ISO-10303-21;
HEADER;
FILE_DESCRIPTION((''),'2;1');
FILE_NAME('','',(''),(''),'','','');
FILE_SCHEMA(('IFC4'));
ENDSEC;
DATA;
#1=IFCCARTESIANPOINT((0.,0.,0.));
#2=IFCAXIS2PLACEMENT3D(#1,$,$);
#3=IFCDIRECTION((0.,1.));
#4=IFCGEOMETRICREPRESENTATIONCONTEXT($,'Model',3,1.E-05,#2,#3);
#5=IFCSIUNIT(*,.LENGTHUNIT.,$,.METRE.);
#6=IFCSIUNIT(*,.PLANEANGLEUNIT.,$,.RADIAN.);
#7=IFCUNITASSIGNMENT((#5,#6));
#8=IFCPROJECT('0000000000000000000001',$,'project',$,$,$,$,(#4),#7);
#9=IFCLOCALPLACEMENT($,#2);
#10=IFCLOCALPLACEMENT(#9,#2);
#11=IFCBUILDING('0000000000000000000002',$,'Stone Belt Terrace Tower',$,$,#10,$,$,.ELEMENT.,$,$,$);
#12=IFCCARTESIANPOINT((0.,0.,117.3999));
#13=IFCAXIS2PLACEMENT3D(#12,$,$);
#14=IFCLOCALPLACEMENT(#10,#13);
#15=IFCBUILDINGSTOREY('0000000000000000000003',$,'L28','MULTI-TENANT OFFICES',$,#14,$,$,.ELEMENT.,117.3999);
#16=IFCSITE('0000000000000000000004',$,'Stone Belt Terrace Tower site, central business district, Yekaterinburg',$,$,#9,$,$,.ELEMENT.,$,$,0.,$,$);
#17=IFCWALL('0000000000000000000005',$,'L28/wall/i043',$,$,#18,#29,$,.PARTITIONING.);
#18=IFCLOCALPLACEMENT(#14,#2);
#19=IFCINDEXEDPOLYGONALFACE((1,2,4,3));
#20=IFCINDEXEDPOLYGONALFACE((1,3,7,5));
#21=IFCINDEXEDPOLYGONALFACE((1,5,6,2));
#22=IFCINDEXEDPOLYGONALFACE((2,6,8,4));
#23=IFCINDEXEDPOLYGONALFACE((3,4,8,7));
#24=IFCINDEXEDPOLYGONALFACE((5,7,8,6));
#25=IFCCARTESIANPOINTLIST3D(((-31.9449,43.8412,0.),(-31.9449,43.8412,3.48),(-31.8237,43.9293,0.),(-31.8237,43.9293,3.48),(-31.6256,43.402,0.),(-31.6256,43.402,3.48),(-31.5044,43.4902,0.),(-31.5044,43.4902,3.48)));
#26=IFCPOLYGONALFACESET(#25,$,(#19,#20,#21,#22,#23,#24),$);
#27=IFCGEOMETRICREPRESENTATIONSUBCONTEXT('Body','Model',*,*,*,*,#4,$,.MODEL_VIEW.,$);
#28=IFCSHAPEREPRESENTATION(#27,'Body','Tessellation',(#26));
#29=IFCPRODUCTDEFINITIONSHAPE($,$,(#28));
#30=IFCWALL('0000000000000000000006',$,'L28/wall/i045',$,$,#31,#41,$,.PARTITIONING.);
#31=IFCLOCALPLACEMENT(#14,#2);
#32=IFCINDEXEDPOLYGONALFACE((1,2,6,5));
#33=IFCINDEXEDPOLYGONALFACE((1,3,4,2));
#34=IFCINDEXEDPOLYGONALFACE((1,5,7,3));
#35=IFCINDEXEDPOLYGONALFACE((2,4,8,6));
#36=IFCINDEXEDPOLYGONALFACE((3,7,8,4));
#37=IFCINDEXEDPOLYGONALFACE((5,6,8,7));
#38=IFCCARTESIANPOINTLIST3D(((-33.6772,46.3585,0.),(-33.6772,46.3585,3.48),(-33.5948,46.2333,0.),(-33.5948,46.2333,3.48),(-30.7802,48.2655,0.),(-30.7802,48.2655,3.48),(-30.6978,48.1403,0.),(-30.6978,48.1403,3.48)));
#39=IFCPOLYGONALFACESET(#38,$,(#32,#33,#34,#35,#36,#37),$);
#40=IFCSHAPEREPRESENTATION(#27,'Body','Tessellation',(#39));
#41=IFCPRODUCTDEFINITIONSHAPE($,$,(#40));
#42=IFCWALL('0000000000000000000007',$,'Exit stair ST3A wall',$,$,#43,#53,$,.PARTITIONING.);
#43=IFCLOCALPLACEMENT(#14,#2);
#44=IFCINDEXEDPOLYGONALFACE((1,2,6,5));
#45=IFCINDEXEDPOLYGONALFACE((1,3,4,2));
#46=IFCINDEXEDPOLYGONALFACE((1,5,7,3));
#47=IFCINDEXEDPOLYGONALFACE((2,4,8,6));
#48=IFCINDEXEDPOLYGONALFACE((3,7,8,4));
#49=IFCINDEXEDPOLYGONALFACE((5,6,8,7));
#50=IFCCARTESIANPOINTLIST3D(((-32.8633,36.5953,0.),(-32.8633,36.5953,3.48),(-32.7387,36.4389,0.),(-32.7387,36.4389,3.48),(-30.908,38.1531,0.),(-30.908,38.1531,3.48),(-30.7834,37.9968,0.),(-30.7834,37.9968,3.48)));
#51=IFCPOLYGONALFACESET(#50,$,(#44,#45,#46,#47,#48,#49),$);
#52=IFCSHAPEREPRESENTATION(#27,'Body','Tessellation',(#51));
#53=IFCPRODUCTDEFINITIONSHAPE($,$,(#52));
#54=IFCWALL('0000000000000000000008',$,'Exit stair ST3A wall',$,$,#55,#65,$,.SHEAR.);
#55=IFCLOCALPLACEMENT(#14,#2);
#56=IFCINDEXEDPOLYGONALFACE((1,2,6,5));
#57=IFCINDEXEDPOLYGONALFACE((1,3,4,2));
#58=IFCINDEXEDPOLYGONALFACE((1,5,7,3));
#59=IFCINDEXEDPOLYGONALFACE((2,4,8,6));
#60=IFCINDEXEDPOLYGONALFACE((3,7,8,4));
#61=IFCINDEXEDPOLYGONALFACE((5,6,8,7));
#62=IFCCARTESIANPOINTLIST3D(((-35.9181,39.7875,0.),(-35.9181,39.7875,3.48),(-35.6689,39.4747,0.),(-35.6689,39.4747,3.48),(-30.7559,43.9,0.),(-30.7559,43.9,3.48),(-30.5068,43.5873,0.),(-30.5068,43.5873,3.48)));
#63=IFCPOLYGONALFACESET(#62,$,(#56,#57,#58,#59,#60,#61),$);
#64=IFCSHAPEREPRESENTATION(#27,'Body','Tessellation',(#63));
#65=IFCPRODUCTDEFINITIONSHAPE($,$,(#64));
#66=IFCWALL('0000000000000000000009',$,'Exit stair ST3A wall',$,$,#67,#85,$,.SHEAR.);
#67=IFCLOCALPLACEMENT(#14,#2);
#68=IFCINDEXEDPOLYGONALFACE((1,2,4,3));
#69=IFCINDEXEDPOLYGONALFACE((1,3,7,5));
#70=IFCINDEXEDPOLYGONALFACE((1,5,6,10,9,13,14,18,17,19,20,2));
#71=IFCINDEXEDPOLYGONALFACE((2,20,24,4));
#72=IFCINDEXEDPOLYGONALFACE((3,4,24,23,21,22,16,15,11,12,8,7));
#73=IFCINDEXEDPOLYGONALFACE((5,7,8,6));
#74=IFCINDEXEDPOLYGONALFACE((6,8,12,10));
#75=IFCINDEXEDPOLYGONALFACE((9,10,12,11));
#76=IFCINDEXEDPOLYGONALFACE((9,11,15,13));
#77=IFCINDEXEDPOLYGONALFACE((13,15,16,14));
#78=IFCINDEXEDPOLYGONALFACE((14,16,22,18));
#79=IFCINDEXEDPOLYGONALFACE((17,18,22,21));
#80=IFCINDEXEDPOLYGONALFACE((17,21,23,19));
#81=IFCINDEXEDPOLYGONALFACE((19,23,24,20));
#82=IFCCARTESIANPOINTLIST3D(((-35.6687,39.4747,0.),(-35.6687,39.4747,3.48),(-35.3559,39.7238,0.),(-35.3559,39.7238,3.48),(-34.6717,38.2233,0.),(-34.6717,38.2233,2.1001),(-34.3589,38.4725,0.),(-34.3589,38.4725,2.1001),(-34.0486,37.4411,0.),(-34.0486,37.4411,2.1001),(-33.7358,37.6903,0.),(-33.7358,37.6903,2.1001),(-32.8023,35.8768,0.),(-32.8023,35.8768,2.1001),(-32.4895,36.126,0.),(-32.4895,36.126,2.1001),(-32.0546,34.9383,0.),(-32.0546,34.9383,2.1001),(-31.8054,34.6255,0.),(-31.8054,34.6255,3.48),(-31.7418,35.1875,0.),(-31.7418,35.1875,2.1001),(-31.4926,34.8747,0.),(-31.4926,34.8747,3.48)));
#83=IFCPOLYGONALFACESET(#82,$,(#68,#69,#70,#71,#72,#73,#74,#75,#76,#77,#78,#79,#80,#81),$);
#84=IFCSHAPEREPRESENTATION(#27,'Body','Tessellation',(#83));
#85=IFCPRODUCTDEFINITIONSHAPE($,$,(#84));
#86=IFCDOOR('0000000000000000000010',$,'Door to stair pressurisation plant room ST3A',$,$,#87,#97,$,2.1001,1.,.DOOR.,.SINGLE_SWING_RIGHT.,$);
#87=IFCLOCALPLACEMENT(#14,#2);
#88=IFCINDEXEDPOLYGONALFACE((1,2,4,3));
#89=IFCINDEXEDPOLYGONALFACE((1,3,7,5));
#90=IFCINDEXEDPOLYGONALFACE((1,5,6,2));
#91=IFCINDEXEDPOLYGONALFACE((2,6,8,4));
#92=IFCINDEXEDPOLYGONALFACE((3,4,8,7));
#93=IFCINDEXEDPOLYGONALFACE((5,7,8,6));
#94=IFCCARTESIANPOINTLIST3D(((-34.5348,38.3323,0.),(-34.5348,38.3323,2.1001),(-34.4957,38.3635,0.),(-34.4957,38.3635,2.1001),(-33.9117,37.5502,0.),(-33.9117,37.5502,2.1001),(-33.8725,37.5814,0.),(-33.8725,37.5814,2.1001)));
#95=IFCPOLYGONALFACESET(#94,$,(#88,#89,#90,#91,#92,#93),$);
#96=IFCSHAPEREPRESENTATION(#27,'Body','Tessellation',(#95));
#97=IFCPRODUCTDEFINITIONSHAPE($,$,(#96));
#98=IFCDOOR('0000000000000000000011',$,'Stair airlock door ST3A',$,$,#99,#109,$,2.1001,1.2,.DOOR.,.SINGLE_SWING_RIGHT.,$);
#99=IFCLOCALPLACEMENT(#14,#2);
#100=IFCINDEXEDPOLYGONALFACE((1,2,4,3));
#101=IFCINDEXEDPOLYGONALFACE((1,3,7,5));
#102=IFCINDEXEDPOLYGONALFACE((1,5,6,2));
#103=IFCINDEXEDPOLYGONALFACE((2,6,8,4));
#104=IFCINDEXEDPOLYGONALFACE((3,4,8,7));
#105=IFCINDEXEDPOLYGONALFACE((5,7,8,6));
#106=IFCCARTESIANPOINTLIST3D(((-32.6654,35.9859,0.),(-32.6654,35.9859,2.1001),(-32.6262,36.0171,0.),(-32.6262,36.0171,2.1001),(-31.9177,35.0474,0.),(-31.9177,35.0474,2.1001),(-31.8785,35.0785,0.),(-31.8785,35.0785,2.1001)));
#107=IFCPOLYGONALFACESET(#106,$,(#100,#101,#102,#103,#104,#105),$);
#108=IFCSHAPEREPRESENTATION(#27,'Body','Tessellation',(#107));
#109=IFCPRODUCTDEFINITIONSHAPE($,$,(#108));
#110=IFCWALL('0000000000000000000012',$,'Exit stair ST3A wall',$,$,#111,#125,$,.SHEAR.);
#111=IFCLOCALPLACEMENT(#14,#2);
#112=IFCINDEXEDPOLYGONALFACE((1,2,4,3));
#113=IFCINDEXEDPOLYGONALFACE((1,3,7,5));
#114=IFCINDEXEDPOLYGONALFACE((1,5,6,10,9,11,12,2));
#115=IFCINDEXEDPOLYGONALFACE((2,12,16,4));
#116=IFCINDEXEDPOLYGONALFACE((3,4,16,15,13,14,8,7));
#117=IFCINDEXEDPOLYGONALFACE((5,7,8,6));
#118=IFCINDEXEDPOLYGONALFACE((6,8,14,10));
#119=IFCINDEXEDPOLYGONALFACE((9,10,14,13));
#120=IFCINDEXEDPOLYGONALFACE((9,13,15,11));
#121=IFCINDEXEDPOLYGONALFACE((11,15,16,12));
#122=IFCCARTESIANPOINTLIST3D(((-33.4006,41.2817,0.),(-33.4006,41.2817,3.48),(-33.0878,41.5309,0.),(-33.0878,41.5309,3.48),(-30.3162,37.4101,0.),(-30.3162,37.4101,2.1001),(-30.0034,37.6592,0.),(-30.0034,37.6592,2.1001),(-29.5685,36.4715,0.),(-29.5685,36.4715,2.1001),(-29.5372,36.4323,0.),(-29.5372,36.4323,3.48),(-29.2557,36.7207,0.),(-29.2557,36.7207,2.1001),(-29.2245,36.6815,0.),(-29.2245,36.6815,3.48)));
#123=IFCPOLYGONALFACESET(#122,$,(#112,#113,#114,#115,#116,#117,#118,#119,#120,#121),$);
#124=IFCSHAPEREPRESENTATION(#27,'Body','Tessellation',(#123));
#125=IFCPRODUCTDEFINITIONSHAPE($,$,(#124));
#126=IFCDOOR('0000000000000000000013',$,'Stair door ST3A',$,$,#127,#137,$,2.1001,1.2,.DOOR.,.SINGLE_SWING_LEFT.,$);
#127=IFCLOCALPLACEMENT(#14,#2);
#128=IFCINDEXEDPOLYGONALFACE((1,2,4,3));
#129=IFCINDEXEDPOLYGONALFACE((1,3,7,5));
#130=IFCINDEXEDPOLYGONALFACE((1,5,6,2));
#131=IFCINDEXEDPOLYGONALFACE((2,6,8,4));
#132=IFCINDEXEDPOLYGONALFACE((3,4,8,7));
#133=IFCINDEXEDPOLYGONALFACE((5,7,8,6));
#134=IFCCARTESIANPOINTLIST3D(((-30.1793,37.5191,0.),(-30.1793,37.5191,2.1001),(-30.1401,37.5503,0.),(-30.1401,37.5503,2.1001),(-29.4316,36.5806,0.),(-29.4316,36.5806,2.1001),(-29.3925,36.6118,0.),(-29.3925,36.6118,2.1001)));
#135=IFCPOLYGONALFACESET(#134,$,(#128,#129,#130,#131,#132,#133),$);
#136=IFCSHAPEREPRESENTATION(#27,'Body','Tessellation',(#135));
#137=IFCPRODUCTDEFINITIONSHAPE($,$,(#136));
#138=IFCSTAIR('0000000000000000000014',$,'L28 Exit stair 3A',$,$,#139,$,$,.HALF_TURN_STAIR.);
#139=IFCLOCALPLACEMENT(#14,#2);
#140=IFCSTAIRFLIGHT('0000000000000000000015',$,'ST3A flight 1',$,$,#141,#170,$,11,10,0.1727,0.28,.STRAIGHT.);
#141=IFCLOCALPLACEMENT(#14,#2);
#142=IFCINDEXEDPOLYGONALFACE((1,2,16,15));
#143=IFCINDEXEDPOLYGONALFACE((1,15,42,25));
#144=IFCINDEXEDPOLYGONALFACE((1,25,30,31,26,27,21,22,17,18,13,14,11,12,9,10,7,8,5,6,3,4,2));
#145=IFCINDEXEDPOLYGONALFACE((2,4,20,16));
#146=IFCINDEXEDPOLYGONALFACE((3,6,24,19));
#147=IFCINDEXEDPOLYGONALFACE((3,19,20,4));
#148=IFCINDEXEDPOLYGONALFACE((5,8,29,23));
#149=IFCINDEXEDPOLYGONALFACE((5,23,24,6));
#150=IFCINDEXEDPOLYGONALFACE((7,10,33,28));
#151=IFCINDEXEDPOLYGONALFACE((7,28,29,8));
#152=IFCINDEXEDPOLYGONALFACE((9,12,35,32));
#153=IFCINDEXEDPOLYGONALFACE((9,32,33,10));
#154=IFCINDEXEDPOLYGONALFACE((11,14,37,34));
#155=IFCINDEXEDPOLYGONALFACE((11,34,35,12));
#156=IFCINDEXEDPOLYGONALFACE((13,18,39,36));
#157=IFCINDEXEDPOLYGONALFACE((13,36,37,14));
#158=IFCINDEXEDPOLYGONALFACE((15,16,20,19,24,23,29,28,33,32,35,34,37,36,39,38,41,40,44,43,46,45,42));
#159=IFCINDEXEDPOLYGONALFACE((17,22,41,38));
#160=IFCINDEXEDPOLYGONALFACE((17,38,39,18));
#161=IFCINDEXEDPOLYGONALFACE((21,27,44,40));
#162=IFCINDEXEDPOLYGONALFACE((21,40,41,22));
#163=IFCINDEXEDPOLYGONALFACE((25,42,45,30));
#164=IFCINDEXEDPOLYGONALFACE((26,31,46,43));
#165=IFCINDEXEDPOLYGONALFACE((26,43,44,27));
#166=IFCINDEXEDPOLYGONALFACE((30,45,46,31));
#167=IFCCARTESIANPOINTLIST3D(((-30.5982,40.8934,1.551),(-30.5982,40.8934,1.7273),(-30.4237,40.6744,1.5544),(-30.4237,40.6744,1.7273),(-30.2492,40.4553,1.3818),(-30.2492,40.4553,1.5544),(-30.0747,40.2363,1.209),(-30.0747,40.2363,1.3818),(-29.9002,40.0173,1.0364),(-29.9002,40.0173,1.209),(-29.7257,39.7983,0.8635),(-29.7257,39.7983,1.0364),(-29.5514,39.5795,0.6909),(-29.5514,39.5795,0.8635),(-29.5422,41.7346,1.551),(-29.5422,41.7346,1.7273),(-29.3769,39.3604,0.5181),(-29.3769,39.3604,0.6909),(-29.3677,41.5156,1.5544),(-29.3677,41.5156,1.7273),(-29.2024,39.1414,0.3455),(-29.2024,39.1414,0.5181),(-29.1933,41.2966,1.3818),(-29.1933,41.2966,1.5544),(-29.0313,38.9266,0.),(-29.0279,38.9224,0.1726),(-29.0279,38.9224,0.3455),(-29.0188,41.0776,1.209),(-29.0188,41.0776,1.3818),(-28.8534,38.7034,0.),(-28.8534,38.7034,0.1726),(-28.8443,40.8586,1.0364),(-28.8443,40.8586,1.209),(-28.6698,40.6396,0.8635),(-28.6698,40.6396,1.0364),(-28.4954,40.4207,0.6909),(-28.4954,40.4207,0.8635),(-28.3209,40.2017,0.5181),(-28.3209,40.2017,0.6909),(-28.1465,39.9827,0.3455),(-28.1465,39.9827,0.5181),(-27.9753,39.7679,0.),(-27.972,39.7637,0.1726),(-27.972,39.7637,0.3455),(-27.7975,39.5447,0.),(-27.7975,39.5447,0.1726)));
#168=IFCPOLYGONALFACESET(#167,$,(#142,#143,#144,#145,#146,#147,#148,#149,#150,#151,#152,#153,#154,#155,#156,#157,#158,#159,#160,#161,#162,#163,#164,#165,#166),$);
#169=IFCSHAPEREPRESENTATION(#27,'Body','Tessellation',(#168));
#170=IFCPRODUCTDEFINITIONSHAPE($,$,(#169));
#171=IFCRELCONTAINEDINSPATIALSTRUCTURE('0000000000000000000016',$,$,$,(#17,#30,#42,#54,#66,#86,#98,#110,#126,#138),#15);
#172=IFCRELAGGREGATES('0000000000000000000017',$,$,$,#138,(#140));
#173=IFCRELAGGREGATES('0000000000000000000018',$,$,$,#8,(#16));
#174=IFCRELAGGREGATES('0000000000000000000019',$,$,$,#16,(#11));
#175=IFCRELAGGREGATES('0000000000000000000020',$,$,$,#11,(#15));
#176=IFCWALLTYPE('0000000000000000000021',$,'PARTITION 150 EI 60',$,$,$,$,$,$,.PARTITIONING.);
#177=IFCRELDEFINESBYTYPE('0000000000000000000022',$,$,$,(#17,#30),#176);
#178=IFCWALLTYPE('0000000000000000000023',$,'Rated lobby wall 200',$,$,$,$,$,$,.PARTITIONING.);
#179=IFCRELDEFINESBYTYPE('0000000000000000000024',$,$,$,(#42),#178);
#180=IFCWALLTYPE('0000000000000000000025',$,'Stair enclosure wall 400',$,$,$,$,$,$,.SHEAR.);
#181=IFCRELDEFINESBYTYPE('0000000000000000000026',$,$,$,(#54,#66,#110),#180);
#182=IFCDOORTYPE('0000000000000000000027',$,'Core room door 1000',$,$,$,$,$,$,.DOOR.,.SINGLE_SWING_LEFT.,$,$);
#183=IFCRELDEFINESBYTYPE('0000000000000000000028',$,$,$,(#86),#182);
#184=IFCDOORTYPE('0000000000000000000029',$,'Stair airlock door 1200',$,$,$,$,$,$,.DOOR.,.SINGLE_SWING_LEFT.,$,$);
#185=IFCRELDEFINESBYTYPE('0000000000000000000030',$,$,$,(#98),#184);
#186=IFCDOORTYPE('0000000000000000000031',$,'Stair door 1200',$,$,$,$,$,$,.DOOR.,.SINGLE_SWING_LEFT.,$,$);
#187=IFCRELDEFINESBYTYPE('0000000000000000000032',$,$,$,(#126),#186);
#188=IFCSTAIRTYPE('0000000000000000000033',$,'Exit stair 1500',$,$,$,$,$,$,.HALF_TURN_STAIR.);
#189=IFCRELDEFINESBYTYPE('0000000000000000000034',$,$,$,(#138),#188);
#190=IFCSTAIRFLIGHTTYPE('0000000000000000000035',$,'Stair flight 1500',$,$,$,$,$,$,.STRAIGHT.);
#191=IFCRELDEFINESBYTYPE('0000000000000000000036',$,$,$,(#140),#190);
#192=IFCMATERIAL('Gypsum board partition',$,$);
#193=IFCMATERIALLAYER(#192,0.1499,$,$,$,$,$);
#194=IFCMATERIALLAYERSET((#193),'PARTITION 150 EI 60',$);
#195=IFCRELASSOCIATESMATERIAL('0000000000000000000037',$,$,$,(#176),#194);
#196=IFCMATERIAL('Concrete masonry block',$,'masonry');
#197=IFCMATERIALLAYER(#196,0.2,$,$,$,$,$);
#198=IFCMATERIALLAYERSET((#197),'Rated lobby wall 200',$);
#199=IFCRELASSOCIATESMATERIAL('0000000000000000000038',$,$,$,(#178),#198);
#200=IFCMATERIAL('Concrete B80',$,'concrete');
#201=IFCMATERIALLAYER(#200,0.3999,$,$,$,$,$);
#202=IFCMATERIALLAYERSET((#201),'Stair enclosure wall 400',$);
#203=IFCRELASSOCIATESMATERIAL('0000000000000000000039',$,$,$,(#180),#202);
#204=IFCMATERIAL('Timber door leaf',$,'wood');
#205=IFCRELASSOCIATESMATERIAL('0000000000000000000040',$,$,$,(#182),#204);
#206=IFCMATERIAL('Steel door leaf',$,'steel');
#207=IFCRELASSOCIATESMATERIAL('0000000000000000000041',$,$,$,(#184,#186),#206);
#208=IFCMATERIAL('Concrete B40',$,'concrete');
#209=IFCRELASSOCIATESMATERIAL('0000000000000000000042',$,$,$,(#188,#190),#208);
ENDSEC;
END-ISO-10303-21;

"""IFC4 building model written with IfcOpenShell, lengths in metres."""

from ifc_helpers import new_model, si_unit, direction, frame, frame_2d, origin, place, context, subcontext, project, spatial, polyline, rectangle, outline, extrude, material, layer, layer_set, type_object, element, fill, aggregate, save


model = new_model("IFC4")

# Units and contexts
model_context = context("Model", 3, precision=1e-05, world=origin(), true_north=direction((0.0, 1.0)))
body_context = subcontext(model_context, "Body", "Model", "MODEL_VIEW")
ifc_project = project(units=[si_unit("LENGTHUNIT", "METRE"), si_unit("PLANEANGLEUNIT", "RADIAN")], contexts=[model_context])

# Site, building, storey
site_placement = place(None, origin())
site = spatial("IfcSite", under=ifc_project, at=site_placement, Name="Stone Belt Terrace Tower site, central business district, Yekaterinburg", CompositionType="ELEMENT", RefElevation=0.0)
building_placement = place(site_placement, origin())
building = spatial("IfcBuilding", under=site, at=building_placement, Name="Stone Belt Terrace Tower", CompositionType="ELEMENT")
storey_placement = place(building_placement, frame((0.0, 0.0, 117.3999)))
storey = spatial("IfcBuildingStorey", under=building, at=storey_placement, Name="L28", Description="MULTI-TENANT OFFICES", CompositionType="ELEMENT", Elevation=117.3999)

# Shared definitions
ifc_material_1 = material(Name="Concrete B80", Category="concrete")

# Shared definitions
ifc_material_2 = material(Name="Gypsum board partition")
ifc_layer_1 = layer(ifc_material_2, 0.1499)
ifc_layer_set_1 = layer_set([ifc_layer_1], Name="PARTITION 150 EI 60")
wall_type_1 = type_object("IfcWallType", Name="PARTITION 150 EI 60", PredefinedType="PARTITIONING", material=ifc_layer_set_1)
ifc_material_3 = material(Name="Timber door leaf", Category="wood")

# Walls
wall_1_placement = place(storey_placement, frame((-31.8843, 43.8853, 0.0), z_axis=(0.0, 0.0, 1.0), x_axis=(0.588065, -0.808814, 0.0)))
element("IfcWall", 1, at=wall_1_placement, inside=storey, type_object=wall_type_1, Name="L28/wall/i043", PredefinedType="PARTITIONING", context=body_context, shape_type="SweptSolid", body=[
    extrude(rectangle(XDim=0.543, YDim=0.1499, at=frame_2d((0.2715, 0.0))), origin(), (0.0, 0.0, 1.0), 3.48),
])
wall_2_placement = place(storey_placement, frame((-33.636, 46.2959, 0.0), z_axis=(0.0, 0.0, 1.0), x_axis=(0.835274, 0.549834, 0.0)))
element("IfcWall", 2, at=wall_2_placement, inside=storey, type_object=wall_type_1, Name="L28/wall/i045", PredefinedType="PARTITIONING", context=body_context, shape_type="SweptSolid", body=[
    extrude(rectangle(XDim=3.4683, YDim=0.1499, at=frame_2d((1.7341, 0.0))), origin(), (0.0, 0.0, 1.0), 3.48),
])
ifc_material_4 = material(Name="Concrete masonry block", Category="masonry")
ifc_layer_2 = layer(ifc_material_4, 0.2)
ifc_layer_set_2 = layer_set([ifc_layer_2], Name="Rated lobby wall 200")
wall_type_2 = type_object("IfcWallType", Name="Rated lobby wall 200", PredefinedType="PARTITIONING", material=ifc_layer_set_2)
wall_3_placement = place(storey_placement, frame((-30.8457, 38.075, 0.0), z_axis=(0.0, 0.0, 1.0), x_axis=(-0.782115, -0.623134, 0.0)))
element("IfcWall", 3, at=wall_3_placement, inside=storey, type_object=wall_type_2, Name="Exit stair ST3A wall", PredefinedType="PARTITIONING", context=body_context, shape_type="SweptSolid", body=[
    extrude(rectangle(XDim=2.5, YDim=0.2, at=frame_2d((1.25, 0.0))), origin(), (0.0, 0.0, 1.0), 3.48),
])
ifc_layer_3 = layer(ifc_material_1, 0.3999)
ifc_layer_set_3 = layer_set([ifc_layer_3], Name="Stair enclosure wall 400")
wall_type_3 = type_object("IfcWallType", Name="Stair enclosure wall 400", PredefinedType="SHEAR", material=ifc_layer_set_3)
wall_4_placement = place(storey_placement, frame((-30.6313, 43.7437, 0.0), z_axis=(0.0, 0.0, 1.0), x_axis=(-0.782134, -0.62311, 0.0)))
element("IfcWall", 4, at=wall_4_placement, inside=storey, type_object=wall_type_3, Name="Exit stair ST3A wall", PredefinedType="SHEAR", context=body_context, shape_type="SweptSolid", body=[
    extrude(rectangle(XDim=6.6001, YDim=0.3999, at=frame_2d((3.3, 0.0))), origin(), (0.0, 0.0, 1.0), 3.48),
])

# Wall, openings, doors
wall_5_placement = place(storey_placement, frame((-31.6489, 34.75, 0.0), z_axis=(0.0, 0.0, 1.0), x_axis=(-0.623119, 0.782127, 0.0)))
wall_5 = element("IfcWall", 5, at=wall_5_placement, inside=storey, type_object=wall_type_3, Name="Exit stair ST3A wall", PredefinedType="SHEAR", context=body_context, shape_type="SweptSolid", body=[
    extrude(rectangle(XDim=6.2, YDim=0.3999, at=frame_2d((3.1001, 0.0))), origin(), (0.0, 0.0, 1.0), 3.48),
])
opening_1_placement = place(wall_5_placement, frame((0.3999, 0.0, 0.0)))
opening_1 = element("IfcOpeningElement", 6, at=opening_1_placement, cuts=wall_5, PredefinedType="OPENING", context=body_context, shape_type="SweptSolid", body=[
    extrude(rectangle(XDim=1.2, YDim=2.1001, at=frame_2d((0.6001, 1.05))), frame((0.0, 0.21, 0.0), z_axis=(0.0, -1.0, 0.0), x_axis=(1.0, 0.0, 0.0)), (0.0, 0.0, 1.0), 0.4199),
])
opening_2_placement = place(wall_5_placement, frame((3.6001, 0.0, 0.0)))
opening_2 = element("IfcOpeningElement", 7, at=opening_2_placement, cuts=wall_5, PredefinedType="OPENING", context=body_context, shape_type="SweptSolid", body=[
    extrude(rectangle(XDim=1.0, YDim=2.1001, at=frame_2d((0.5, 1.05))), frame((0.0, 0.21, 0.0), z_axis=(0.0, -1.0, 0.0), x_axis=(1.0, 0.0, 0.0)), (0.0, 0.0, 1.0), 0.4199),
])
door_type_1 = type_object("IfcDoorType", Name="Core room door 1000", OperationType="SINGLE_SWING_LEFT", PredefinedType="DOOR", material=ifc_material_3)
door_1_placement = place(opening_2_placement, origin())
door_1 = element("IfcDoor", 8, at=door_1_placement, inside=storey, type_object=door_type_1, Name="Door to stair pressurisation plant room ST3A", OperationType="SINGLE_SWING_RIGHT", OverallHeight=2.1001, OverallWidth=1.0, PredefinedType="DOOR", context=body_context, shape_type="SweptSolid", body=[
    extrude(rectangle(XDim=1.0, YDim=2.1001, at=frame_2d((0.5, 1.05))), frame((0.0, 0.0249, 0.0), z_axis=(0.0, -1.0, 0.0), x_axis=(1.0, 0.0, 0.0)), (0.0, 0.0, 1.0), 0.05),
])
fill(opening_2, door_1)
ifc_material_5 = material(Name="Steel door leaf", Category="steel")
door_type_2 = type_object("IfcDoorType", Name="Stair airlock door 1200", OperationType="SINGLE_SWING_LEFT", PredefinedType="DOOR", material=ifc_material_5)
door_2_placement = place(opening_1_placement, origin())
door_2 = element("IfcDoor", 9, at=door_2_placement, inside=storey, type_object=door_type_2, Name="Stair airlock door ST3A", OperationType="SINGLE_SWING_RIGHT", OverallHeight=2.1001, OverallWidth=1.2, PredefinedType="DOOR", context=body_context, shape_type="SweptSolid", body=[
    extrude(rectangle(XDim=1.2, YDim=2.1001, at=frame_2d((0.6001, 1.05))), frame((0.0, 0.0249, 0.0), z_axis=(0.0, -1.0, 0.0), x_axis=(1.0, 0.0, 0.0)), (0.0, 0.0, 1.0), 0.05),
])
fill(opening_1, door_2)

# Wall, opening, door
wall_6_placement = place(storey_placement, frame((-29.3809, 36.5569, 0.0), z_axis=(0.0, 0.0, 1.0), x_axis=(-0.623099, 0.782143, 0.0)))
wall_6 = element("IfcWall", 10, at=wall_6_placement, inside=storey, type_object=wall_type_3, Name="Exit stair ST3A wall", PredefinedType="SHEAR", context=body_context, shape_type="SweptSolid", body=[
    extrude(rectangle(XDim=6.2002, YDim=0.3999, at=frame_2d((3.1001, 0.0))), origin(), (0.0, 0.0, 1.0), 3.48),
])
opening_3_placement = place(wall_6_placement, frame((0.05, 0.0, 0.0)))
opening_3 = element("IfcOpeningElement", 11, at=opening_3_placement, cuts=wall_6, PredefinedType="OPENING", context=body_context, shape_type="SweptSolid", body=[
    extrude(rectangle(XDim=1.2, YDim=2.1001, at=frame_2d((0.6001, 1.05))), frame((0.0, 0.21, 0.0), z_axis=(0.0, -1.0, 0.0), x_axis=(1.0, 0.0, 0.0)), (0.0, 0.0, 1.0), 0.4199),
])
door_type_3 = type_object("IfcDoorType", Name="Stair door 1200", OperationType="SINGLE_SWING_LEFT", PredefinedType="DOOR", material=ifc_material_5)
door_3_placement = place(opening_3_placement, origin())
door_3 = element("IfcDoor", 12, at=door_3_placement, inside=storey, type_object=door_type_3, Name="Stair door ST3A", OperationType="SINGLE_SWING_LEFT", OverallHeight=2.1001, OverallWidth=1.2, PredefinedType="DOOR", context=body_context, shape_type="SweptSolid", body=[
    extrude(rectangle(XDim=1.2, YDim=2.1001, at=frame_2d((0.6001, 1.05))), frame((0.0, 0.0249, 0.0), z_axis=(0.0, -1.0, 0.0), x_axis=(1.0, 0.0, 0.0)), (0.0, 0.0, 1.0), 0.05),
])
fill(opening_3, door_3)

# Stair, stair flight
ifc_material_6 = material(Name="Concrete B40", Category="concrete")
stair_type = type_object("IfcStairType", Name="Exit stair 1500", PredefinedType="HALF_TURN_STAIR", material=ifc_material_6)
stair_placement = place(storey_placement, origin())
stair = element("IfcStair", 13, at=stair_placement, inside=storey, type_object=stair_type, Name="L28 Exit stair 3A", PredefinedType="HALF_TURN_STAIR")
stair_flight_type = type_object("IfcStairFlightType", Name="Stair flight 1500", PredefinedType="STRAIGHT", material=ifc_material_6)
stair_flight_1_placement = place(storey_placement, frame((-28.3254, 39.124, 0.0), z_axis=(0.0, 0.0, 1.0), x_axis=(-0.623121, 0.782125, 0.0)))
stair_flight_1 = element("IfcStairFlight", 14, at=stair_flight_1_placement, type_object=stair_flight_type, Name="ST3A flight 1", NumberOfRisers=11, NumberOfTreads=10, PredefinedType="STRAIGHT", RiserHeight=0.1727, TreadLength=0.28, context=body_context, shape_type="SweptSolid", body=[
    extrude(outline(polyline([(0.0, 0.0), (0.0, 0.1726), (0.28, 0.1726), (0.28, 0.3455), (0.5601, 0.3455), (0.5601, 0.5181), (0.8401, 0.5181), (0.8401, 0.6909), (1.1201, 0.6909), (1.1201, 0.8635), (1.3999, 0.8635), (1.3999, 1.0364), (1.6799, 1.0364), (1.6799, 1.209), (1.96, 1.209), (1.96, 1.3818), (2.24, 1.3818), (2.24, 1.5544), (2.52, 1.5544), (2.52, 1.7273), (2.8, 1.7273), (2.8, 1.8999), (2.8, 1.551), (0.2854, 0.0), (0.0, 0.0)])), frame((0.0, 0.675, 0.0), z_axis=(0.0, -1.0, 0.0), x_axis=(1.0, 0.0, 0.0)), (0.0, 0.0, 1.0), 1.3501),
])
aggregate(stair, [stair_flight_1])

save(model, "model.ifc")
